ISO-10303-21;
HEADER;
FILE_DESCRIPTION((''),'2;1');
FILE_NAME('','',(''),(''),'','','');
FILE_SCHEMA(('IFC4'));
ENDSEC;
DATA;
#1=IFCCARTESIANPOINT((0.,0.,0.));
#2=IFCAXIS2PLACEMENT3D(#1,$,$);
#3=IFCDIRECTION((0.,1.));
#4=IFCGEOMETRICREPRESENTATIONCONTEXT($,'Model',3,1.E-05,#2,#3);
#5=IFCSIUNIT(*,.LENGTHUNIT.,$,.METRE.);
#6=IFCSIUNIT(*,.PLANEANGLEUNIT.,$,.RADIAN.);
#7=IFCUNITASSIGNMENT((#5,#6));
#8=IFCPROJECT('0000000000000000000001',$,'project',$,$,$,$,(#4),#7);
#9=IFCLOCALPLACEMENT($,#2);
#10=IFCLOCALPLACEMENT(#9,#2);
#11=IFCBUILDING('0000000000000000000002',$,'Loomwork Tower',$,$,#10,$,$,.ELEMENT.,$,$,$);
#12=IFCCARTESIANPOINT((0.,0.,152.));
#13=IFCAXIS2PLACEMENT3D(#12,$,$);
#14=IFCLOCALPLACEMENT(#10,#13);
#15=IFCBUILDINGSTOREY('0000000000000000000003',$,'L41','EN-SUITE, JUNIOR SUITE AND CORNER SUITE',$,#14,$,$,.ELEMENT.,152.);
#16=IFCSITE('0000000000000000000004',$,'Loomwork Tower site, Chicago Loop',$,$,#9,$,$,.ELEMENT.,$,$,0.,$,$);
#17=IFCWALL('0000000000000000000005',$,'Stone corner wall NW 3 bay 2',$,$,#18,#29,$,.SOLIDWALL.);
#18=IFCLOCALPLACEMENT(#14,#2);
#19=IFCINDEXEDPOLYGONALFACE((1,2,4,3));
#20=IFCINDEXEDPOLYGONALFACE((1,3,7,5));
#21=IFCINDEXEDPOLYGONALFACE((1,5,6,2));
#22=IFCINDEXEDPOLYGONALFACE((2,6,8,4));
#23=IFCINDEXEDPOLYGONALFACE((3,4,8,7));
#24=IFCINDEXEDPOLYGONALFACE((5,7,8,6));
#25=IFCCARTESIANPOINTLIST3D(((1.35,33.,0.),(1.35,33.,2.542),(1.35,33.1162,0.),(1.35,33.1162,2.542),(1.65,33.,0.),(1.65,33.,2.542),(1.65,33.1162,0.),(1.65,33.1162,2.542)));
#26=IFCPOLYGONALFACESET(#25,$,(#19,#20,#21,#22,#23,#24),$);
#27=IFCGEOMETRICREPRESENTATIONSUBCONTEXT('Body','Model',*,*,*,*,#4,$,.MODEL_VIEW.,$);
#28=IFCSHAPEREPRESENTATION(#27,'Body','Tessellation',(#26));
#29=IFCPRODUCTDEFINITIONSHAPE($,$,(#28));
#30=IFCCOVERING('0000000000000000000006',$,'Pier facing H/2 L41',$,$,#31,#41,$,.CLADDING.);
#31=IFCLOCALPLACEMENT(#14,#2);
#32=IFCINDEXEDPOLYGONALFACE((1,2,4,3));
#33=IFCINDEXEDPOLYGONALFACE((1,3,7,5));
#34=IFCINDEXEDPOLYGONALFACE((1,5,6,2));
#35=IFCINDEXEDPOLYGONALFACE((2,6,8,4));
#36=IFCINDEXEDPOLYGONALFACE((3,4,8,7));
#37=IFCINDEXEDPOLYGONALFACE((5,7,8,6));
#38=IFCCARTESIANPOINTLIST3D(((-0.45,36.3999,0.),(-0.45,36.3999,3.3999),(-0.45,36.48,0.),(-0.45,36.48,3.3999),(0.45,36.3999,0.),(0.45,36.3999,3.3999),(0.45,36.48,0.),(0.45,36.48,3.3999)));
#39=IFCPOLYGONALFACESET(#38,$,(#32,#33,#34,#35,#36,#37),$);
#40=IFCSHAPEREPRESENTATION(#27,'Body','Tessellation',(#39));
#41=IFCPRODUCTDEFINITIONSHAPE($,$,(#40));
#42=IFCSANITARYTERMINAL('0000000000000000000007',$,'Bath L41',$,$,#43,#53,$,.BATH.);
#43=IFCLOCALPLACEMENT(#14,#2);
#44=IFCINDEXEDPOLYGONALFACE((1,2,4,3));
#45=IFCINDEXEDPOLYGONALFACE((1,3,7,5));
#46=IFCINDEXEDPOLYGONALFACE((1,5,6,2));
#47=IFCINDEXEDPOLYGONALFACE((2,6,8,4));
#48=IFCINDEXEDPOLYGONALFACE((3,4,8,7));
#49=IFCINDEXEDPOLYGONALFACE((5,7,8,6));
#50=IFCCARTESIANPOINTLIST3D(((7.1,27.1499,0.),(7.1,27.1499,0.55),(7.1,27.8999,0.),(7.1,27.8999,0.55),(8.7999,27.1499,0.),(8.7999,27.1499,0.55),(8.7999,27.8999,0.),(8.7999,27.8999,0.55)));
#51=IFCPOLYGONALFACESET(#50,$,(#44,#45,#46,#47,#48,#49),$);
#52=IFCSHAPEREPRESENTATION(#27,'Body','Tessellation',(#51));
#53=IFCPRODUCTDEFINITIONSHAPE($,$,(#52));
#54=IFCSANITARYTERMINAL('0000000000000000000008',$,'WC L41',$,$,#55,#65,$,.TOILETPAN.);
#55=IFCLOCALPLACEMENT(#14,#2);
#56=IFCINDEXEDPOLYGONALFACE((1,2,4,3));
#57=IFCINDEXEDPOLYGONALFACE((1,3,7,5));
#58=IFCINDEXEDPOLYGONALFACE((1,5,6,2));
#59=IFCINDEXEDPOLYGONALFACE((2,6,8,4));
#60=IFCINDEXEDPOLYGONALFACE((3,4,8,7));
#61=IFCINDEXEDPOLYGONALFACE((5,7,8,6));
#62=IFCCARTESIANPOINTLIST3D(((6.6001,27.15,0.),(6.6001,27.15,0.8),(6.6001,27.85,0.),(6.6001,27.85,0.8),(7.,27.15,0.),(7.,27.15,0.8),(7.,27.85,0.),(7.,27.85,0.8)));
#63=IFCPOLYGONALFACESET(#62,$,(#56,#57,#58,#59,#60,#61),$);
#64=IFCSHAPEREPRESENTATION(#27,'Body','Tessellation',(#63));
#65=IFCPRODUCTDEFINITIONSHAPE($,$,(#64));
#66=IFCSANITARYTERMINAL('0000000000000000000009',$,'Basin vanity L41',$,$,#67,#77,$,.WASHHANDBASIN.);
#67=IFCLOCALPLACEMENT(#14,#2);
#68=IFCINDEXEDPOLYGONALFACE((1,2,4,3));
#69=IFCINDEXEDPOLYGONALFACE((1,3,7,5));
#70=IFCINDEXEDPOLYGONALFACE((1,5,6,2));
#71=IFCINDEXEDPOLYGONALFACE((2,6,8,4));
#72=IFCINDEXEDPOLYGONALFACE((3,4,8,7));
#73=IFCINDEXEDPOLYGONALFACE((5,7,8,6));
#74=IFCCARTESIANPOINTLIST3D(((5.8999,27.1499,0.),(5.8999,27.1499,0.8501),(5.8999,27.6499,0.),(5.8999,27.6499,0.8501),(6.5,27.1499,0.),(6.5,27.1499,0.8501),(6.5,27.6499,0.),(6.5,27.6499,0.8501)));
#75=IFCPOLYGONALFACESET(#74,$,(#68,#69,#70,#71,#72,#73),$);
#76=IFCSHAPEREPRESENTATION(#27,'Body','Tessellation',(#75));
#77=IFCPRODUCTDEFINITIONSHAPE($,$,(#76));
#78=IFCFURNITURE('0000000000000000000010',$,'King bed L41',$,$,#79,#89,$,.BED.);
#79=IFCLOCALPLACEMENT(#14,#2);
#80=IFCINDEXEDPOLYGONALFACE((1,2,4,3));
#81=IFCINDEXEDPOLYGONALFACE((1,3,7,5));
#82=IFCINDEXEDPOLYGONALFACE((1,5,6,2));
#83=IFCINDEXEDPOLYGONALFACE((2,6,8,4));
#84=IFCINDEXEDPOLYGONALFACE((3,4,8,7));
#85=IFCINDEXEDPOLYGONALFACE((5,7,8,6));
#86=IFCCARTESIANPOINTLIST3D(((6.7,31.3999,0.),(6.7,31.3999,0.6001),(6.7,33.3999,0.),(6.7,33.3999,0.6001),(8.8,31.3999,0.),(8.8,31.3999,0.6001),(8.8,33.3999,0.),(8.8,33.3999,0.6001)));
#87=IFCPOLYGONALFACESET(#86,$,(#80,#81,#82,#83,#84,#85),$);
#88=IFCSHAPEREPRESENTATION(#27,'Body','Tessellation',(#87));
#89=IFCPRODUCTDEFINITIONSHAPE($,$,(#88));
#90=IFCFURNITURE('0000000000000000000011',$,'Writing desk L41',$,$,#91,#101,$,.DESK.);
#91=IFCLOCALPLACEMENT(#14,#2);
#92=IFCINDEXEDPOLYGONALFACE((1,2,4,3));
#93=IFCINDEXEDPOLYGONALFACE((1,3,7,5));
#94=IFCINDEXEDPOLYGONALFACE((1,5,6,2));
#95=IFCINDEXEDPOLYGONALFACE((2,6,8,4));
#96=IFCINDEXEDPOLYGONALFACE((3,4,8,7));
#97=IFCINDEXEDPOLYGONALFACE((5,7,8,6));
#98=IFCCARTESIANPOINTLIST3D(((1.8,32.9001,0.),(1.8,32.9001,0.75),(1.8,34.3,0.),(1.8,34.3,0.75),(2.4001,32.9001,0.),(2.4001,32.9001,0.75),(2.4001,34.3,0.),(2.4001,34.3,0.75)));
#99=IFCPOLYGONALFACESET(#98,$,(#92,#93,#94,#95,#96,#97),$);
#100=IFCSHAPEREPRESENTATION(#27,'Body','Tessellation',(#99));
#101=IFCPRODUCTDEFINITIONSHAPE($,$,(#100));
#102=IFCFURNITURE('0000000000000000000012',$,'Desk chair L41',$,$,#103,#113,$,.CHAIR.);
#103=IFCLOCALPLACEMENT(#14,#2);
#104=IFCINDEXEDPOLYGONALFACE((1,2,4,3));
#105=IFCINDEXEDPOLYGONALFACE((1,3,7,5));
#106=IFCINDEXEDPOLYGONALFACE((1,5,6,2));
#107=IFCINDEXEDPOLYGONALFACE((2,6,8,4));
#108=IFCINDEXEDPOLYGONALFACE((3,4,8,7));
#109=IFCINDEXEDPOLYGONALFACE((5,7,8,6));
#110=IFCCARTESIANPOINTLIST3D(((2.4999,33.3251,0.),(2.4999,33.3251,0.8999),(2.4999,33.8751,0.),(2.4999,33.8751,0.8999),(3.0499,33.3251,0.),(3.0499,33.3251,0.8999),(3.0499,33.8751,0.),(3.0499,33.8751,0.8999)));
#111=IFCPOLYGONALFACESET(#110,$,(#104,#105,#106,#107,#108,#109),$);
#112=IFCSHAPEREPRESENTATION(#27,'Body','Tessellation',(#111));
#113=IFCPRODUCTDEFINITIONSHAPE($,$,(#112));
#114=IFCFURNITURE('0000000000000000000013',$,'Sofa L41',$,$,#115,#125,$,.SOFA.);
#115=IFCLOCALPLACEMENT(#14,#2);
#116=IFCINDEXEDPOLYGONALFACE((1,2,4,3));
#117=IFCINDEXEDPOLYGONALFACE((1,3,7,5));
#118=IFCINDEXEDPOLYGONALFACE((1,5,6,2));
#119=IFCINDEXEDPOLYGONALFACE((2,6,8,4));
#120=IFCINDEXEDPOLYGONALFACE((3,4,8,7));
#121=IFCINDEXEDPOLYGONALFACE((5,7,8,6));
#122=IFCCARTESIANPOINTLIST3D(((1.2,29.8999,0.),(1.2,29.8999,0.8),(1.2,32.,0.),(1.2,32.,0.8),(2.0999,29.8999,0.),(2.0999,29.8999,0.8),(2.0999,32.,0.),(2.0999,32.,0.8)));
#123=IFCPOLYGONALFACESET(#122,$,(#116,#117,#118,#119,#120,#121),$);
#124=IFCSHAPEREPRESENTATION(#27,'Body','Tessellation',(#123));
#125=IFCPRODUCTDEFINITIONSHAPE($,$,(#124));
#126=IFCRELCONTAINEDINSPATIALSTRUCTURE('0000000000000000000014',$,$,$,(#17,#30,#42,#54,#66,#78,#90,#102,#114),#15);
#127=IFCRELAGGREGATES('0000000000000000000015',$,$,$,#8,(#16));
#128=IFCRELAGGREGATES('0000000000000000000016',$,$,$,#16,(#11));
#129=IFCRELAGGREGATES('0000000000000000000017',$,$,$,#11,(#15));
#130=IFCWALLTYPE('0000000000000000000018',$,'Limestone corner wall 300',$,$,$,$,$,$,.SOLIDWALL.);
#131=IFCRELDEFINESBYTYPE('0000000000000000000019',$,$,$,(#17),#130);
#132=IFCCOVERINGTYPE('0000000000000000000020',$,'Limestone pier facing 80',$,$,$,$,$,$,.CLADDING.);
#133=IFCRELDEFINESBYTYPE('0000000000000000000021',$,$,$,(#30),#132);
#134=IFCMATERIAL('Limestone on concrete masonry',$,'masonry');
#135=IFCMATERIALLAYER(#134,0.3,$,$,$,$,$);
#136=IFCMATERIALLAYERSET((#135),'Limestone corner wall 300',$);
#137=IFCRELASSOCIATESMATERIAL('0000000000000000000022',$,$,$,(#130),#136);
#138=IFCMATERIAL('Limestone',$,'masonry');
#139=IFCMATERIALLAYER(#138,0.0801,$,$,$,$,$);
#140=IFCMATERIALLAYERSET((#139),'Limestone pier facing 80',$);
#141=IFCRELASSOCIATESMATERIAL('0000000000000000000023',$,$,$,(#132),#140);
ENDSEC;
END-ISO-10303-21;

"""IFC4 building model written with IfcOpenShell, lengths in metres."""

from ifc_helpers import new_model, si_unit, direction, frame, frame_2d, origin, origin_2d, place, context, subcontext, project, spatial, rectangle, extrude, material, layer, layer_set, type_object, element, save


model = new_model("IFC4")

# Units and contexts
model_context = context("Model", 3, precision=1e-05, world=origin(), true_north=direction((0.0, 1.0)))
body_context = subcontext(model_context, "Body", "Model", "MODEL_VIEW")
ifc_project = project(units=[si_unit("LENGTHUNIT", "METRE"), si_unit("PLANEANGLEUNIT", "RADIAN")], contexts=[model_context])

# Site, building, storey
site_placement = place(None, origin())
site = spatial("IfcSite", under=ifc_project, at=site_placement, Name="Loomwork Tower site, Chicago Loop", CompositionType="ELEMENT", RefElevation=0.0)
building_placement = place(site_placement, origin())
building = spatial("IfcBuilding", under=site, at=building_placement, Name="Loomwork Tower", CompositionType="ELEMENT")
storey_placement = place(building_placement, frame((0.0, 0.0, 152.0)))
storey = spatial("IfcBuildingStorey", under=building, at=storey_placement, Name="L41", Description="EN-SUITE, JUNIOR SUITE AND CORNER SUITE", CompositionType="ELEMENT", Elevation=152.0)

# Shared definitions
ifc_material_1 = material(Name="Limestone on concrete masonry", Category="masonry")
ifc_layer_1 = layer(ifc_material_1, 0.3)
ifc_layer_set_1 = layer_set([ifc_layer_1], Name="Limestone corner wall 300")
wall_type_1 = type_object("IfcWallType", Name="Limestone corner wall 300", PredefinedType="SOLIDWALL", material=ifc_layer_set_1)

# Wall
wall_1_placement = place(storey_placement, frame((1.5, 33.1162, 0.0), z_axis=(0.0, 0.0, 1.0), x_axis=(0.0, -1.0, 0.0)))
element("IfcWall", 1, at=wall_1_placement, inside=storey, type_object=wall_type_1, Name="Stone corner wall NW 3 bay 2", PredefinedType="SOLIDWALL", context=body_context, shape_type="SweptSolid", body=[
    extrude(rectangle(XDim=0.1162, YDim=0.3, at=frame_2d((0.0581, 0.0))), origin(), (0.0, 0.0, 1.0), 2.542),
])

# Covering
ifc_material_2 = material(Name="Limestone", Category="masonry")
ifc_layer_2 = layer(ifc_material_2, 0.0801)
ifc_layer_set_2 = layer_set([ifc_layer_2], Name="Limestone pier facing 80")
covering_type = type_object("IfcCoveringType", Name="Limestone pier facing 80", PredefinedType="CLADDING", material=ifc_layer_set_2)
covering_placement = place(storey_placement, frame((0.0, 36.4399, 0.0), z_axis=(0.0, 0.0, 1.0), x_axis=(1.0, 0.0, 0.0)))
element("IfcCovering", 2, at=covering_placement, inside=storey, type_object=covering_type, Name="Pier facing H/2 L41", PredefinedType="CLADDING", context=body_context, shape_type="SweptSolid", body=[
    extrude(rectangle(XDim=0.8999, YDim=0.0801, at=origin_2d()), origin(), (0.0, 0.0, 1.0), 3.3999),
])

# Sanitary terminals
sanitary_terminal_1_placement = place(storey_placement, frame((7.95, 27.5249, 0.0), z_axis=(0.0, 0.0, 1.0), x_axis=(1.0, 0.0, 0.0)))
element("IfcSanitaryTerminal", 3, at=sanitary_terminal_1_placement, inside=storey, Name="Bath L41", PredefinedType="BATH", context=body_context, shape_type="SweptSolid", body=[
    extrude(rectangle(XDim=1.7, YDim=0.75, at=origin_2d()), origin(), (0.0, 0.0, 1.0), 0.55),
])
sanitary_terminal_2_placement = place(storey_placement, frame((6.8, 27.5, 0.0), z_axis=(0.0, 0.0, 1.0), x_axis=(1.0, 0.0, 0.0)))
element("IfcSanitaryTerminal", 4, at=sanitary_terminal_2_placement, inside=storey, Name="WC L41", PredefinedType="TOILETPAN", context=body_context, shape_type="SweptSolid", body=[
    extrude(rectangle(XDim=0.3999, YDim=0.7, at=origin_2d()), origin(), (0.0, 0.0, 1.0), 0.8),
])
sanitary_terminal_3_placement = place(storey_placement, frame((6.2, 27.3999, 0.0), z_axis=(0.0, 0.0, 1.0), x_axis=(1.0, 0.0, 0.0)))
element("IfcSanitaryTerminal", 5, at=sanitary_terminal_3_placement, inside=storey, Name="Basin vanity L41", PredefinedType="WASHHANDBASIN", context=body_context, shape_type="SweptSolid", body=[
    extrude(rectangle(XDim=0.6001, YDim=0.5, at=origin_2d()), origin(), (0.0, 0.0, 1.0), 0.8501),
])

# Furniture
furniture_1_placement = place(storey_placement, frame((7.75, 32.3999, 0.0), z_axis=(0.0, 0.0, 1.0), x_axis=(1.0, 0.0, 0.0)))
element("IfcFurniture", 6, at=furniture_1_placement, inside=storey, Name="King bed L41", PredefinedType="BED", context=body_context, shape_type="SweptSolid", body=[
    extrude(rectangle(XDim=2.1001, YDim=2.0, at=origin_2d()), origin(), (0.0, 0.0, 1.0), 0.6001),
])
furniture_2_placement = place(storey_placement, frame((2.1001, 33.6001, 0.0), z_axis=(0.0, 0.0, 1.0), x_axis=(1.0, 0.0, 0.0)))
element("IfcFurniture", 7, at=furniture_2_placement, inside=storey, Name="Writing desk L41", PredefinedType="DESK", context=body_context, shape_type="SweptSolid", body=[
    extrude(rectangle(XDim=0.6001, YDim=1.3999, at=origin_2d()), origin(), (0.0, 0.0, 1.0), 0.75),
])
furniture_3_placement = place(storey_placement, frame((2.7749, 33.6001, 0.0), z_axis=(0.0, 0.0, 1.0), x_axis=(1.0, 0.0, 0.0)))
element("IfcFurniture", 8, at=furniture_3_placement, inside=storey, Name="Desk chair L41", PredefinedType="CHAIR", context=body_context, shape_type="SweptSolid", body=[
    extrude(rectangle(XDim=0.55, YDim=0.55, at=origin_2d()), origin(), (0.0, 0.0, 1.0), 0.8999),
])
furniture_4_placement = place(storey_placement, frame((1.6499, 30.95, 0.0), z_axis=(0.0, 0.0, 1.0), x_axis=(1.0, 0.0, 0.0)))
element("IfcFurniture", 9, at=furniture_4_placement, inside=storey, Name="Sofa L41", PredefinedType="SOFA", context=body_context, shape_type="SweptSolid", body=[
    extrude(rectangle(XDim=0.8999, YDim=2.1001, at=origin_2d()), origin(), (0.0, 0.0, 1.0), 0.8),
])

save(model, "model.ifc")
